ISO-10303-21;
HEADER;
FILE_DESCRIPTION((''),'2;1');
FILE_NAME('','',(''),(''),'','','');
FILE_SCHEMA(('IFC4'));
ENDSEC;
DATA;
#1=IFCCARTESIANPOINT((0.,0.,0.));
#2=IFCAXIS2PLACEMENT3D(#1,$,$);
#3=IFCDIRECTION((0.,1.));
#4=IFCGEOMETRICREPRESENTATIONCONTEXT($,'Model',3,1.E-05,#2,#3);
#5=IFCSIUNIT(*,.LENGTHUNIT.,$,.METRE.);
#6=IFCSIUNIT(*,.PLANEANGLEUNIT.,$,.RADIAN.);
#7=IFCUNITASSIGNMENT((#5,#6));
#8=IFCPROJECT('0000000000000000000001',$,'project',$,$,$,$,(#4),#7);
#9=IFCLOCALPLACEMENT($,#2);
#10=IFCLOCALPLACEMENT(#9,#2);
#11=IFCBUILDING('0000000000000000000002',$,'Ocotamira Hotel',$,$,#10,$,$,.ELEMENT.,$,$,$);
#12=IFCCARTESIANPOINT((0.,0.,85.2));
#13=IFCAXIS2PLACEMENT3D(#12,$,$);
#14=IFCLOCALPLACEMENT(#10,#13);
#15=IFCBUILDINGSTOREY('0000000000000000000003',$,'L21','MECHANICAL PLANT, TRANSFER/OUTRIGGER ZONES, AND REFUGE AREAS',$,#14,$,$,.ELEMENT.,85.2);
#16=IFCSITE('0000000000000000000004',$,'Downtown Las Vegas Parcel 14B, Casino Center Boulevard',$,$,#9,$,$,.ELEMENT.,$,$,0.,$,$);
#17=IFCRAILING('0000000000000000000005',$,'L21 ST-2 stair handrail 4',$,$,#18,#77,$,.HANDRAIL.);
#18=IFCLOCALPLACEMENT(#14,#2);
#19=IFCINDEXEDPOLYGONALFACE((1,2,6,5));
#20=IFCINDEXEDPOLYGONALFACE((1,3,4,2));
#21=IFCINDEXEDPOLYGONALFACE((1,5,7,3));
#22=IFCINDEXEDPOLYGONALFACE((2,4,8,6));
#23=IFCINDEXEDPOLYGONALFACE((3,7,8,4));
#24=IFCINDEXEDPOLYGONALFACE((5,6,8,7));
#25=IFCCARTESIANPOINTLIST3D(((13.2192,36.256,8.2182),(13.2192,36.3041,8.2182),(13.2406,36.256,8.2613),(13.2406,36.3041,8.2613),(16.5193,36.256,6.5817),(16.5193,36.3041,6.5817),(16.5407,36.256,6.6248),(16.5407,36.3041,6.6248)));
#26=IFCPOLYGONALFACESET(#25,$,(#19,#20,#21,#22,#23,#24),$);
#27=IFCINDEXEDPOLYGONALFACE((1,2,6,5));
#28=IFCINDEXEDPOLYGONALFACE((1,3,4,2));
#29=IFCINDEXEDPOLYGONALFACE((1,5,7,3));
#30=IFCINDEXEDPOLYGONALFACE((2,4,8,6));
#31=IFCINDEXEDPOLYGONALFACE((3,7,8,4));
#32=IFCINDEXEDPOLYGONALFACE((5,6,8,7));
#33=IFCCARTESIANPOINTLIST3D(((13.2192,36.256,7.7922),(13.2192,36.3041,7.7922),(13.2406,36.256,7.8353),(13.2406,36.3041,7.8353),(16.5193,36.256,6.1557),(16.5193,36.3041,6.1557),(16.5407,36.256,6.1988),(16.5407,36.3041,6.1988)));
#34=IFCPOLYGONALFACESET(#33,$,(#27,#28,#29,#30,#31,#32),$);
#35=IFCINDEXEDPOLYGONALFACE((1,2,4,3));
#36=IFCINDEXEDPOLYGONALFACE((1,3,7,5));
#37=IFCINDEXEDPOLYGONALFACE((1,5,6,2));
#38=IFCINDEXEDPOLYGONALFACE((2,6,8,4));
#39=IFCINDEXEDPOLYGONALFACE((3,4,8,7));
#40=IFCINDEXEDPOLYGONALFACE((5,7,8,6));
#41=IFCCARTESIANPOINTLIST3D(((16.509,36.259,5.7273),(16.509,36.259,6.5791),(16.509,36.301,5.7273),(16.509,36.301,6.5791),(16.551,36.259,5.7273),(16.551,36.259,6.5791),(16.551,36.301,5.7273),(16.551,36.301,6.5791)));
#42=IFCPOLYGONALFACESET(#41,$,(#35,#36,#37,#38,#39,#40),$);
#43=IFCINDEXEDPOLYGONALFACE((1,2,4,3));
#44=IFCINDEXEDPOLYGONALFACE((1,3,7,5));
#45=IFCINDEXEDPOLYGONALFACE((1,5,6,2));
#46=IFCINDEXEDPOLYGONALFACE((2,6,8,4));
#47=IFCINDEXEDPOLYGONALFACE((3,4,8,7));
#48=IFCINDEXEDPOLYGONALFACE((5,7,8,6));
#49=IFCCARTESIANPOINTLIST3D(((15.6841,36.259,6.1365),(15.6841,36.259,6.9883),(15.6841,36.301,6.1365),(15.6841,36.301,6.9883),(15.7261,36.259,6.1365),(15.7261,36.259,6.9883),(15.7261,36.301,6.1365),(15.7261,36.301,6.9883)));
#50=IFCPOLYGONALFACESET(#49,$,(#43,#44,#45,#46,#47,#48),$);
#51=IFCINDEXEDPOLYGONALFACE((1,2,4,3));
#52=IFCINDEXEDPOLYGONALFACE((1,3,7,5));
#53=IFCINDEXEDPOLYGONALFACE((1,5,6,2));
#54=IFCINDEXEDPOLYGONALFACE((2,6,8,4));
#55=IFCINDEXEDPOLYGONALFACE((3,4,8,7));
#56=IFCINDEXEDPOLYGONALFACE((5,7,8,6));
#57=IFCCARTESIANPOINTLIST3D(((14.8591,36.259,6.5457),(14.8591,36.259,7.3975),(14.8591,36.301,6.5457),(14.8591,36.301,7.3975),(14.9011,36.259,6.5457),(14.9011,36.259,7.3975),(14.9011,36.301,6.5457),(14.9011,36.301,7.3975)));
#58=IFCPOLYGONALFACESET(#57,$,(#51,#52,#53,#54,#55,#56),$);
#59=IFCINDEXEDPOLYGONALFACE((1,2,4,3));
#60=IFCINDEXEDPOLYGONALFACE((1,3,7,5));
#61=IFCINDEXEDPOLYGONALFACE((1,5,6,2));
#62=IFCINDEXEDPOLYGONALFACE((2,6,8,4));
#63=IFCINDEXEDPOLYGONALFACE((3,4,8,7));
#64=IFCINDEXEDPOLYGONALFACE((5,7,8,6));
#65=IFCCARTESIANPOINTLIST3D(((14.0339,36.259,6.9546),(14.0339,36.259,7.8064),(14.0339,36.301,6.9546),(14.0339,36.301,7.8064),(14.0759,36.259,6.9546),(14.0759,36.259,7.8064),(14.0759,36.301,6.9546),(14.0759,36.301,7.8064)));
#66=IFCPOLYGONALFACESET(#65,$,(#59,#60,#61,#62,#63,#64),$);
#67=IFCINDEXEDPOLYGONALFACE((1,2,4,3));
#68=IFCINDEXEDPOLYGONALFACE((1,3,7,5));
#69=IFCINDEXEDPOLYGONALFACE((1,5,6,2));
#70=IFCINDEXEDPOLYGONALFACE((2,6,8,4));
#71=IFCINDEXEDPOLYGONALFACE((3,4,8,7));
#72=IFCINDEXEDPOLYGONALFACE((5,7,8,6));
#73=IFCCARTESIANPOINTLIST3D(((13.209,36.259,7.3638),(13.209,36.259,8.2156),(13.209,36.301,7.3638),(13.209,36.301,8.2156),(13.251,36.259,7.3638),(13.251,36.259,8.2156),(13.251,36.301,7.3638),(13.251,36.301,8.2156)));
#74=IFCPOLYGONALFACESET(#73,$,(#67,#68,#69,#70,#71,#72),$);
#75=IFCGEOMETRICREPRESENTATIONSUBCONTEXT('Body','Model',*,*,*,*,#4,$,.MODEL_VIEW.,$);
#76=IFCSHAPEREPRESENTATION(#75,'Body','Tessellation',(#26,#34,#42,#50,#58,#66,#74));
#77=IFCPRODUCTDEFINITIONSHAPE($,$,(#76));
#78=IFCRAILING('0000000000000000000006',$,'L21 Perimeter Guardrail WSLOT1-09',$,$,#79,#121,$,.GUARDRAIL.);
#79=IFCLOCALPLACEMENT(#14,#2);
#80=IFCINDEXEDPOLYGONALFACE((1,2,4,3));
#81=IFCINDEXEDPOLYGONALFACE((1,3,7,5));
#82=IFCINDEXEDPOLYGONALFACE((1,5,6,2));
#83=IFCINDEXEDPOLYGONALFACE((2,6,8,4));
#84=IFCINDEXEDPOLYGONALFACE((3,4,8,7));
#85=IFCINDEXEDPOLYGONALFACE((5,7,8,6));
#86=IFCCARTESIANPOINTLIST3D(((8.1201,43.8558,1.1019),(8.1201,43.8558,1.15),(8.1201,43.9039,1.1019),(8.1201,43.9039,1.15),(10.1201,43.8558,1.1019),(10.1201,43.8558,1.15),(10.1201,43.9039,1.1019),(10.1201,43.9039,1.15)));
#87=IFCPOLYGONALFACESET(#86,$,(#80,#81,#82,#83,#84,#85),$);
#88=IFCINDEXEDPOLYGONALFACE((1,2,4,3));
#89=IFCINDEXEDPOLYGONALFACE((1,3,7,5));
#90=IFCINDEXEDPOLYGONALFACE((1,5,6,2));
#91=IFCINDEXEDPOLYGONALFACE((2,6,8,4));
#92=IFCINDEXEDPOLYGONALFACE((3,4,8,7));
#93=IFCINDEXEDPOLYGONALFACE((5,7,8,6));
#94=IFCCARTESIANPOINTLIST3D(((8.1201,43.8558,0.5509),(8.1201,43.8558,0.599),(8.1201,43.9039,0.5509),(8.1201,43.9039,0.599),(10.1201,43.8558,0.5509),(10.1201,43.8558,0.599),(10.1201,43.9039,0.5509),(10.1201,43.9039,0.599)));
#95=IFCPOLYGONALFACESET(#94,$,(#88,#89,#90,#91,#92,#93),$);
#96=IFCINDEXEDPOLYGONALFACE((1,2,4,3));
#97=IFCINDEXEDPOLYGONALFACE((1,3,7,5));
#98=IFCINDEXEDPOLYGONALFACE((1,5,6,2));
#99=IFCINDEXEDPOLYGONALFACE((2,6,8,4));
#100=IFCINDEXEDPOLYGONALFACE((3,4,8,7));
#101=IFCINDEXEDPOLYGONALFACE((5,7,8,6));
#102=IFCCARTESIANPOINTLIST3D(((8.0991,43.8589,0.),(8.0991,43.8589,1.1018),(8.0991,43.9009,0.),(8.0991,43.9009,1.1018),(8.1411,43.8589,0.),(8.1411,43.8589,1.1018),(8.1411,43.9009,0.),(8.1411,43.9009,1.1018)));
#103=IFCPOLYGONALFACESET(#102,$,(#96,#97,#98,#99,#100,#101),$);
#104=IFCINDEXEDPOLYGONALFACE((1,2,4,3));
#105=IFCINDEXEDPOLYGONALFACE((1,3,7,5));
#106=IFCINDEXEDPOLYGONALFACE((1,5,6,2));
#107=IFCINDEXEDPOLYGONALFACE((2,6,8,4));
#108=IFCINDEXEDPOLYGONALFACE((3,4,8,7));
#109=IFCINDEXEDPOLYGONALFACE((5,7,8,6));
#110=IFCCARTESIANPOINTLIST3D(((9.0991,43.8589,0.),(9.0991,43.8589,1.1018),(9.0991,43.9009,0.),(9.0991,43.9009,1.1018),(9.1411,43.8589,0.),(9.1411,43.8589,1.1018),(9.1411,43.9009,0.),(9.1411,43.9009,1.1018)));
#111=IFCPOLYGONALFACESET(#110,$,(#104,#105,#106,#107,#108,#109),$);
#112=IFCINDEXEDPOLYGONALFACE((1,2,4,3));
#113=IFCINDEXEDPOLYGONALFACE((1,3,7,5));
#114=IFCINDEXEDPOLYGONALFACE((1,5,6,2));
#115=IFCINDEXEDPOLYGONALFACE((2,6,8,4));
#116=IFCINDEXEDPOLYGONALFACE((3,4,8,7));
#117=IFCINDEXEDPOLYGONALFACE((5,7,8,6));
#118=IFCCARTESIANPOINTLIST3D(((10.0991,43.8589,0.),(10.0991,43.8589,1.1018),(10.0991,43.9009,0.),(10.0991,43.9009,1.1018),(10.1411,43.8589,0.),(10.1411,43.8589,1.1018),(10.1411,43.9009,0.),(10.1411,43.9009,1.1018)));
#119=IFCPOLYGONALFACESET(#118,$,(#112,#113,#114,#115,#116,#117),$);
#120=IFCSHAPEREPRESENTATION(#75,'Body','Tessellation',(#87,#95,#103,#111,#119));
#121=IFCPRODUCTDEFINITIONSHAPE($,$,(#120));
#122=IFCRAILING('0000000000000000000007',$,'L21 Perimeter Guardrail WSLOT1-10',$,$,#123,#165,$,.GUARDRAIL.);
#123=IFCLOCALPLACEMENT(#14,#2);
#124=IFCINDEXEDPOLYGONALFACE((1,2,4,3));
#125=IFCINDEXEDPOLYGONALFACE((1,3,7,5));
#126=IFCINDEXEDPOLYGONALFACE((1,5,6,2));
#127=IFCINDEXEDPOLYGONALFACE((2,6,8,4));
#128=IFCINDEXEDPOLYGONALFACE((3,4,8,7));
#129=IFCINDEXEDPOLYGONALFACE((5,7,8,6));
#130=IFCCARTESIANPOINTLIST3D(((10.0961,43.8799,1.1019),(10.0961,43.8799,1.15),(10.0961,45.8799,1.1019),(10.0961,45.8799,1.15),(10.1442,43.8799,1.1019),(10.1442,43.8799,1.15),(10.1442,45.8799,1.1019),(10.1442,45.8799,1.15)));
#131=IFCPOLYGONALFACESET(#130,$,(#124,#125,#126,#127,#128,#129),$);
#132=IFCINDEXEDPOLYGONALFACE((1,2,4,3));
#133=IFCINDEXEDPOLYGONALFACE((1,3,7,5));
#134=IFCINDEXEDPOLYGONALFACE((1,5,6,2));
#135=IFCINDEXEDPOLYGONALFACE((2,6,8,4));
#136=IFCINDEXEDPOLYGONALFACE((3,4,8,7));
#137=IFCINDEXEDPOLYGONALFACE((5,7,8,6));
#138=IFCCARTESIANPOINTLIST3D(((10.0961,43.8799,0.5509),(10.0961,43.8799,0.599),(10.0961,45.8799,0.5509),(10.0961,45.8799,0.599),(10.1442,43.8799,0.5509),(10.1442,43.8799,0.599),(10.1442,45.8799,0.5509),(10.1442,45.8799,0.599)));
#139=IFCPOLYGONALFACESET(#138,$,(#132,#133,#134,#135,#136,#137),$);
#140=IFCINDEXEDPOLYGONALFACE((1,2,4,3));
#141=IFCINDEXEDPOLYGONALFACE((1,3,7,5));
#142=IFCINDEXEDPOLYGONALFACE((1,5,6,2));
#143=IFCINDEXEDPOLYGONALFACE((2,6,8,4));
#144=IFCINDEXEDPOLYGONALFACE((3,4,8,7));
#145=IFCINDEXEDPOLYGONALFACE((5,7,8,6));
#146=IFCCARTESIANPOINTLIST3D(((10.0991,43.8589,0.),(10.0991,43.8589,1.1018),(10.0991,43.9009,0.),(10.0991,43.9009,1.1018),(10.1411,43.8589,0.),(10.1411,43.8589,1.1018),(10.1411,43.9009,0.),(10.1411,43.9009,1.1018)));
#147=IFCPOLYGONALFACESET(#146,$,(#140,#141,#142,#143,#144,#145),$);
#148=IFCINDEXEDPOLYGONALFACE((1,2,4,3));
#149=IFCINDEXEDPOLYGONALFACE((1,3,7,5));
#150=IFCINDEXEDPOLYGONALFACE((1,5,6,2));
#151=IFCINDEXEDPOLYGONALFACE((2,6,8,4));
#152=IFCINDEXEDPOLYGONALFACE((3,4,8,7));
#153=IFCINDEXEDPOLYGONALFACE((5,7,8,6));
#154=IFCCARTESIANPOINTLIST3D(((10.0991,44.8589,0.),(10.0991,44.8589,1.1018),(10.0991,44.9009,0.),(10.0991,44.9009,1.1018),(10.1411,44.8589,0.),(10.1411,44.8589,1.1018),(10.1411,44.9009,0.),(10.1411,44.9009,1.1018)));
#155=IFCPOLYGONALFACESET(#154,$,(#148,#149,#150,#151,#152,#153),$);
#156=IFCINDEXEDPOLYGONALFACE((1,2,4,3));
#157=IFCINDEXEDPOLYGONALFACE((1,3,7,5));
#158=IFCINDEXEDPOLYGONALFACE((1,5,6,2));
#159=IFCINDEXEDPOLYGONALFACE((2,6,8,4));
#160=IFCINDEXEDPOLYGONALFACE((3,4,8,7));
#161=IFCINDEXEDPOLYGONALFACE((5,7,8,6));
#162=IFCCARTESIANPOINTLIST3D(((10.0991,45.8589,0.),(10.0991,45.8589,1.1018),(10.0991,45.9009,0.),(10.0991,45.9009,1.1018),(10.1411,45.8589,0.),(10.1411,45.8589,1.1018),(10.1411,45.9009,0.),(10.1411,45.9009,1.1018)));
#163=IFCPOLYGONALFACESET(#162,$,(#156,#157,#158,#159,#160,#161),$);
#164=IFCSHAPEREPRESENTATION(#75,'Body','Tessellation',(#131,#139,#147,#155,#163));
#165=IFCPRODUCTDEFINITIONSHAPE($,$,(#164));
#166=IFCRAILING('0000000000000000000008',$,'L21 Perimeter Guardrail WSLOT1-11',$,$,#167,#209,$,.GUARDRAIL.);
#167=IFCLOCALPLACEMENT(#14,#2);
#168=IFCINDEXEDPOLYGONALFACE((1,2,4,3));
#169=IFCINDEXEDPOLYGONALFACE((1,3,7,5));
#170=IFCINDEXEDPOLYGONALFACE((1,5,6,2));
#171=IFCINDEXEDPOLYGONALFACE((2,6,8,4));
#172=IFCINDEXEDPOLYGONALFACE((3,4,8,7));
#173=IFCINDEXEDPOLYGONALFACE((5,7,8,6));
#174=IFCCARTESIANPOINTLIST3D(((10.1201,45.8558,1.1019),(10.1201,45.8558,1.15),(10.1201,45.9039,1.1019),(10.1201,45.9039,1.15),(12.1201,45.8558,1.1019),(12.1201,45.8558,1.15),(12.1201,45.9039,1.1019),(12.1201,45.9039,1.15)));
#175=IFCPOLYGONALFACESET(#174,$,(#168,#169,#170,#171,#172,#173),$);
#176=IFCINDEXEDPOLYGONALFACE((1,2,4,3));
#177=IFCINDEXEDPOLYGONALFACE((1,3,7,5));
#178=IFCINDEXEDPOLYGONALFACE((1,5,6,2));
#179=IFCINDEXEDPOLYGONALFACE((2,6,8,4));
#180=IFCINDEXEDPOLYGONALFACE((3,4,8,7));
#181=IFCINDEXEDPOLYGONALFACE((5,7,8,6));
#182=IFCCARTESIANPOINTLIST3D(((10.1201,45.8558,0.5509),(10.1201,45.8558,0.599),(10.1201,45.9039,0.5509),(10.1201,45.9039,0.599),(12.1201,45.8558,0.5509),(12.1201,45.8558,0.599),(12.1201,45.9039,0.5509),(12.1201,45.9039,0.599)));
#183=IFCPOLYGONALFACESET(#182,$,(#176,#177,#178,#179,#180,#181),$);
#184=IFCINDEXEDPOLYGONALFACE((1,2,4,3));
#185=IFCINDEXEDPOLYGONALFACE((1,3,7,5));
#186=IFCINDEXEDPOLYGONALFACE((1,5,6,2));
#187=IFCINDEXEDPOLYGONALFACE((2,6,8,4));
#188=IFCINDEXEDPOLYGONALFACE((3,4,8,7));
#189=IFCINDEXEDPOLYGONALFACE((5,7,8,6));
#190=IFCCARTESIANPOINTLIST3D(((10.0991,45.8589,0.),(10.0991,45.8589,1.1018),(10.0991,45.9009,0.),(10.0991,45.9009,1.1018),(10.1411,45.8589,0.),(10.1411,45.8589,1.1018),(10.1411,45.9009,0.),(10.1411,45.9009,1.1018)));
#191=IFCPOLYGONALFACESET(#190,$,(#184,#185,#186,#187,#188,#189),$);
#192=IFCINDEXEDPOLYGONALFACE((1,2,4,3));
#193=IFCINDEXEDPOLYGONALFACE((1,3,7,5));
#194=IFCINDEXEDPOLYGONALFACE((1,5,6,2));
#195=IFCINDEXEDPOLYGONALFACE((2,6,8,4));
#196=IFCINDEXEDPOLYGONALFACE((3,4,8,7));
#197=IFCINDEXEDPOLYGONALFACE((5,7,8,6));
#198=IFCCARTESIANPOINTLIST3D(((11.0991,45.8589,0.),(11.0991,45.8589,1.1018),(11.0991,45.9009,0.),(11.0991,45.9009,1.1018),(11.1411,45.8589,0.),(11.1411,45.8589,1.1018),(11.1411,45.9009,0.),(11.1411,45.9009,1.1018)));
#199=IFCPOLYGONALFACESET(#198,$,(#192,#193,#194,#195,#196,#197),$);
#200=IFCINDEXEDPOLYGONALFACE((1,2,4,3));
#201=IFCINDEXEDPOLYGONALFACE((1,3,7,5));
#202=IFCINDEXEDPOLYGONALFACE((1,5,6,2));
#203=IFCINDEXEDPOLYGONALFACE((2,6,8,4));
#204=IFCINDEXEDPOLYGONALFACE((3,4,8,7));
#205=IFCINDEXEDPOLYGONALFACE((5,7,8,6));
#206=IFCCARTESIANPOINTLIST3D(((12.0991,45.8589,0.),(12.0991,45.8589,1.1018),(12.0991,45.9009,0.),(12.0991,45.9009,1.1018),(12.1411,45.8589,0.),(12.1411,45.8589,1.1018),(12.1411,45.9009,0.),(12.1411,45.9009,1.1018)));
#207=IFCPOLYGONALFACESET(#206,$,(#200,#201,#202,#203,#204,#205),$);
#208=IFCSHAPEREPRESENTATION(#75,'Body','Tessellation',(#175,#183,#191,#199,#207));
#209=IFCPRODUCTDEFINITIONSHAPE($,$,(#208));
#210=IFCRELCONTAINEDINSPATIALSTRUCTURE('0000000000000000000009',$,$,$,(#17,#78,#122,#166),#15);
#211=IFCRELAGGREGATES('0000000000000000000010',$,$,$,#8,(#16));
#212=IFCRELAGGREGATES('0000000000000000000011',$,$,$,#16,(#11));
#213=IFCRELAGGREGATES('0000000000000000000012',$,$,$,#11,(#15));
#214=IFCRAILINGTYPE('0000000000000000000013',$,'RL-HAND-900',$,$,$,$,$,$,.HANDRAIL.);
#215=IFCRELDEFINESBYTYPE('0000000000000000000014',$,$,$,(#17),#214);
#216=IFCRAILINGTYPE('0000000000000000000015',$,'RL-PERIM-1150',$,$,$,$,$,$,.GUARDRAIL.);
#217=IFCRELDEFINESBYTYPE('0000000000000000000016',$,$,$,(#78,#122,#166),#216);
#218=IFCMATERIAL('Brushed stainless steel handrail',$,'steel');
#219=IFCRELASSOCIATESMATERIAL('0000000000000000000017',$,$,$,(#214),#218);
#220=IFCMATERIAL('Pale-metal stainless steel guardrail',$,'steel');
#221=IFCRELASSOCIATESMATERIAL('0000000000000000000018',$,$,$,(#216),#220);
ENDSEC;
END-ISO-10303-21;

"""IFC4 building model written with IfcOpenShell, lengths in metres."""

from ifc_helpers import new_model, si_unit, direction, frame, origin, origin_2d, place, context, subcontext, project, spatial, rectangle, extrude, material, type_object, element, save


model = new_model("IFC4")

# Units and contexts
model_context = context("Model", 3, precision=1e-05, world=origin(), true_north=direction((0.0, 1.0)))
body_context = subcontext(model_context, "Body", "Model", "MODEL_VIEW")
ifc_project = project(units=[si_unit("LENGTHUNIT", "METRE"), si_unit("PLANEANGLEUNIT", "RADIAN")], contexts=[model_context])

# Site, building, storey
site_placement = place(None, origin())
site = spatial("IfcSite", under=ifc_project, at=site_placement, Name="Downtown Las Vegas Parcel 14B, Casino Center Boulevard", CompositionType="ELEMENT", RefElevation=0.0)
building_placement = place(site_placement, origin())
building = spatial("IfcBuilding", under=site, at=building_placement, Name="Ocotamira Hotel", CompositionType="ELEMENT")
storey_placement = place(building_placement, frame((0.0, 0.0, 85.2)))
storey = spatial("IfcBuildingStorey", under=building, at=storey_placement, Name="L21", Description="MECHANICAL PLANT, TRANSFER/OUTRIGGER ZONES, AND REFUGE AREAS", CompositionType="ELEMENT", Elevation=85.2)

# Railings
ifc_material_1 = material(Name="Brushed stainless steel handrail", Category="steel")
railing_type_1 = type_object("IfcRailingType", Name="RL-HAND-900", PredefinedType="HANDRAIL", material=ifc_material_1)
railing_1_placement = place(storey_placement, frame((16.53, 36.28, 5.7273)))
element("IfcRailing", 1, at=railing_1_placement, inside=storey, type_object=railing_type_1, Name="L21 ST-2 stair handrail 4", PredefinedType="HANDRAIL", context=body_context, shape_type="SweptSolid", body=[
    extrude(rectangle(XDim=0.0481, YDim=0.0481, at=origin_2d()), frame((0.0, 0.0, 0.876), z_axis=(-0.895894, 0.0, 0.444268), x_axis=(0.0, -1.0, 0.0)), (0.0, 0.0, 1.0), 3.6836),
    extrude(rectangle(XDim=0.0481, YDim=0.0481, at=origin_2d()), frame((0.0, 0.0, 0.45), z_axis=(-0.895894, 0.0, 0.444268), x_axis=(0.0, -1.0, 0.0)), (0.0, 0.0, 1.0), 3.6836),
    extrude(rectangle(XDim=0.042, YDim=0.042, at=origin_2d()), origin(), (0.0, 0.0, 1.0), 0.8518),
    extrude(rectangle(XDim=0.042, YDim=0.042, at=origin_2d()), frame((-0.825, 0.0, 0.4092)), (0.0, 0.0, 1.0), 0.8518),
    extrude(rectangle(XDim=0.042, YDim=0.042, at=origin_2d()), frame((-1.6499, 0.0, 0.8184)), (0.0, 0.0, 1.0), 0.8518),
    extrude(rectangle(XDim=0.042, YDim=0.042, at=origin_2d()), frame((-2.4751, 0.0, 1.2273)), (0.0, 0.0, 1.0), 0.8518),
    extrude(rectangle(XDim=0.042, YDim=0.042, at=origin_2d()), frame((-3.3, 0.0, 1.6365)), (0.0, 0.0, 1.0), 0.8518),
])
ifc_material_2 = material(Name="Pale-metal stainless steel guardrail", Category="steel")
railing_type_2 = type_object("IfcRailingType", Name="RL-PERIM-1150", PredefinedType="GUARDRAIL", material=ifc_material_2)
railing_2_placement = place(storey_placement, frame((8.1201, 43.8799, 0.0)))
element("IfcRailing", 2, at=railing_2_placement, inside=storey, type_object=railing_type_2, Name="L21 Perimeter Guardrail WSLOT1-09", PredefinedType="GUARDRAIL", context=body_context, shape_type="SweptSolid", body=[
    extrude(rectangle(XDim=0.0481, YDim=0.0481, at=origin_2d()), frame((0.0, 0.0, 1.126), z_axis=(1.0, 0.0, 0.0), x_axis=(0.0, 1.0, 0.0)), (0.0, 0.0, 1.0), 2.0),
    extrude(rectangle(XDim=0.0481, YDim=0.0481, at=origin_2d()), frame((0.0, 0.0, 0.575), z_axis=(1.0, 0.0, 0.0), x_axis=(0.0, 1.0, 0.0)), (0.0, 0.0, 1.0), 2.0),
    extrude(rectangle(XDim=0.042, YDim=0.042, at=origin_2d()), origin(), (0.0, 0.0, 1.0), 1.1018),
    extrude(rectangle(XDim=0.042, YDim=0.042, at=origin_2d()), frame((1.0, 0.0, 0.0)), (0.0, 0.0, 1.0), 1.1018),
    extrude(rectangle(XDim=0.042, YDim=0.042, at=origin_2d()), frame((2.0, 0.0, 0.0)), (0.0, 0.0, 1.0), 1.1018),
])
railing_3_placement = place(storey_placement, frame((10.1201, 43.8799, 0.0)))
element("IfcRailing", 3, at=railing_3_placement, inside=storey, type_object=railing_type_2, Name="L21 Perimeter Guardrail WSLOT1-10", PredefinedType="GUARDRAIL", context=body_context, shape_type="SweptSolid", body=[
    extrude(rectangle(XDim=0.0481, YDim=0.0481, at=origin_2d()), frame((0.0, 0.0, 1.126), z_axis=(0.0, 1.0, 0.0), x_axis=(-1.0, 0.0, 0.0)), (0.0, 0.0, 1.0), 2.0),
    extrude(rectangle(XDim=0.0481, YDim=0.0481, at=origin_2d()), frame((0.0, 0.0, 0.575), z_axis=(0.0, 1.0, 0.0), x_axis=(-1.0, 0.0, 0.0)), (0.0, 0.0, 1.0), 2.0),
    extrude(rectangle(XDim=0.042, YDim=0.042, at=origin_2d()), origin(), (0.0, 0.0, 1.0), 1.1018),
    extrude(rectangle(XDim=0.042, YDim=0.042, at=origin_2d()), frame((0.0, 1.0, 0.0)), (0.0, 0.0, 1.0), 1.1018),
    extrude(rectangle(XDim=0.042, YDim=0.042, at=origin_2d()), frame((0.0, 2.0, 0.0)), (0.0, 0.0, 1.0), 1.1018),
])
railing_4_placement = place(storey_placement, frame((10.1201, 45.8799, 0.0)))
element("IfcRailing", 4, at=railing_4_placement, inside=storey, type_object=railing_type_2, Name="L21 Perimeter Guardrail WSLOT1-11", PredefinedType="GUARDRAIL", context=body_context, shape_type="SweptSolid", body=[
    extrude(rectangle(XDim=0.0481, YDim=0.0481, at=origin_2d()), frame((0.0, 0.0, 1.126), z_axis=(1.0, 0.0, 0.0), x_axis=(0.0, 1.0, 0.0)), (0.0, 0.0, 1.0), 2.0),
    extrude(rectangle(XDim=0.0481, YDim=0.0481, at=origin_2d()), frame((0.0, 0.0, 0.575), z_axis=(1.0, 0.0, 0.0), x_axis=(0.0, 1.0, 0.0)), (0.0, 0.0, 1.0), 2.0),
    extrude(rectangle(XDim=0.042, YDim=0.042, at=origin_2d()), origin(), (0.0, 0.0, 1.0), 1.1018),
    extrude(rectangle(XDim=0.042, YDim=0.042, at=origin_2d()), frame((1.0, 0.0, 0.0)), (0.0, 0.0, 1.0), 1.1018),
    extrude(rectangle(XDim=0.042, YDim=0.042, at=origin_2d()), frame((2.0, 0.0, 0.0)), (0.0, 0.0, 1.0), 1.1018),
])

save(model, "model.ifc")
